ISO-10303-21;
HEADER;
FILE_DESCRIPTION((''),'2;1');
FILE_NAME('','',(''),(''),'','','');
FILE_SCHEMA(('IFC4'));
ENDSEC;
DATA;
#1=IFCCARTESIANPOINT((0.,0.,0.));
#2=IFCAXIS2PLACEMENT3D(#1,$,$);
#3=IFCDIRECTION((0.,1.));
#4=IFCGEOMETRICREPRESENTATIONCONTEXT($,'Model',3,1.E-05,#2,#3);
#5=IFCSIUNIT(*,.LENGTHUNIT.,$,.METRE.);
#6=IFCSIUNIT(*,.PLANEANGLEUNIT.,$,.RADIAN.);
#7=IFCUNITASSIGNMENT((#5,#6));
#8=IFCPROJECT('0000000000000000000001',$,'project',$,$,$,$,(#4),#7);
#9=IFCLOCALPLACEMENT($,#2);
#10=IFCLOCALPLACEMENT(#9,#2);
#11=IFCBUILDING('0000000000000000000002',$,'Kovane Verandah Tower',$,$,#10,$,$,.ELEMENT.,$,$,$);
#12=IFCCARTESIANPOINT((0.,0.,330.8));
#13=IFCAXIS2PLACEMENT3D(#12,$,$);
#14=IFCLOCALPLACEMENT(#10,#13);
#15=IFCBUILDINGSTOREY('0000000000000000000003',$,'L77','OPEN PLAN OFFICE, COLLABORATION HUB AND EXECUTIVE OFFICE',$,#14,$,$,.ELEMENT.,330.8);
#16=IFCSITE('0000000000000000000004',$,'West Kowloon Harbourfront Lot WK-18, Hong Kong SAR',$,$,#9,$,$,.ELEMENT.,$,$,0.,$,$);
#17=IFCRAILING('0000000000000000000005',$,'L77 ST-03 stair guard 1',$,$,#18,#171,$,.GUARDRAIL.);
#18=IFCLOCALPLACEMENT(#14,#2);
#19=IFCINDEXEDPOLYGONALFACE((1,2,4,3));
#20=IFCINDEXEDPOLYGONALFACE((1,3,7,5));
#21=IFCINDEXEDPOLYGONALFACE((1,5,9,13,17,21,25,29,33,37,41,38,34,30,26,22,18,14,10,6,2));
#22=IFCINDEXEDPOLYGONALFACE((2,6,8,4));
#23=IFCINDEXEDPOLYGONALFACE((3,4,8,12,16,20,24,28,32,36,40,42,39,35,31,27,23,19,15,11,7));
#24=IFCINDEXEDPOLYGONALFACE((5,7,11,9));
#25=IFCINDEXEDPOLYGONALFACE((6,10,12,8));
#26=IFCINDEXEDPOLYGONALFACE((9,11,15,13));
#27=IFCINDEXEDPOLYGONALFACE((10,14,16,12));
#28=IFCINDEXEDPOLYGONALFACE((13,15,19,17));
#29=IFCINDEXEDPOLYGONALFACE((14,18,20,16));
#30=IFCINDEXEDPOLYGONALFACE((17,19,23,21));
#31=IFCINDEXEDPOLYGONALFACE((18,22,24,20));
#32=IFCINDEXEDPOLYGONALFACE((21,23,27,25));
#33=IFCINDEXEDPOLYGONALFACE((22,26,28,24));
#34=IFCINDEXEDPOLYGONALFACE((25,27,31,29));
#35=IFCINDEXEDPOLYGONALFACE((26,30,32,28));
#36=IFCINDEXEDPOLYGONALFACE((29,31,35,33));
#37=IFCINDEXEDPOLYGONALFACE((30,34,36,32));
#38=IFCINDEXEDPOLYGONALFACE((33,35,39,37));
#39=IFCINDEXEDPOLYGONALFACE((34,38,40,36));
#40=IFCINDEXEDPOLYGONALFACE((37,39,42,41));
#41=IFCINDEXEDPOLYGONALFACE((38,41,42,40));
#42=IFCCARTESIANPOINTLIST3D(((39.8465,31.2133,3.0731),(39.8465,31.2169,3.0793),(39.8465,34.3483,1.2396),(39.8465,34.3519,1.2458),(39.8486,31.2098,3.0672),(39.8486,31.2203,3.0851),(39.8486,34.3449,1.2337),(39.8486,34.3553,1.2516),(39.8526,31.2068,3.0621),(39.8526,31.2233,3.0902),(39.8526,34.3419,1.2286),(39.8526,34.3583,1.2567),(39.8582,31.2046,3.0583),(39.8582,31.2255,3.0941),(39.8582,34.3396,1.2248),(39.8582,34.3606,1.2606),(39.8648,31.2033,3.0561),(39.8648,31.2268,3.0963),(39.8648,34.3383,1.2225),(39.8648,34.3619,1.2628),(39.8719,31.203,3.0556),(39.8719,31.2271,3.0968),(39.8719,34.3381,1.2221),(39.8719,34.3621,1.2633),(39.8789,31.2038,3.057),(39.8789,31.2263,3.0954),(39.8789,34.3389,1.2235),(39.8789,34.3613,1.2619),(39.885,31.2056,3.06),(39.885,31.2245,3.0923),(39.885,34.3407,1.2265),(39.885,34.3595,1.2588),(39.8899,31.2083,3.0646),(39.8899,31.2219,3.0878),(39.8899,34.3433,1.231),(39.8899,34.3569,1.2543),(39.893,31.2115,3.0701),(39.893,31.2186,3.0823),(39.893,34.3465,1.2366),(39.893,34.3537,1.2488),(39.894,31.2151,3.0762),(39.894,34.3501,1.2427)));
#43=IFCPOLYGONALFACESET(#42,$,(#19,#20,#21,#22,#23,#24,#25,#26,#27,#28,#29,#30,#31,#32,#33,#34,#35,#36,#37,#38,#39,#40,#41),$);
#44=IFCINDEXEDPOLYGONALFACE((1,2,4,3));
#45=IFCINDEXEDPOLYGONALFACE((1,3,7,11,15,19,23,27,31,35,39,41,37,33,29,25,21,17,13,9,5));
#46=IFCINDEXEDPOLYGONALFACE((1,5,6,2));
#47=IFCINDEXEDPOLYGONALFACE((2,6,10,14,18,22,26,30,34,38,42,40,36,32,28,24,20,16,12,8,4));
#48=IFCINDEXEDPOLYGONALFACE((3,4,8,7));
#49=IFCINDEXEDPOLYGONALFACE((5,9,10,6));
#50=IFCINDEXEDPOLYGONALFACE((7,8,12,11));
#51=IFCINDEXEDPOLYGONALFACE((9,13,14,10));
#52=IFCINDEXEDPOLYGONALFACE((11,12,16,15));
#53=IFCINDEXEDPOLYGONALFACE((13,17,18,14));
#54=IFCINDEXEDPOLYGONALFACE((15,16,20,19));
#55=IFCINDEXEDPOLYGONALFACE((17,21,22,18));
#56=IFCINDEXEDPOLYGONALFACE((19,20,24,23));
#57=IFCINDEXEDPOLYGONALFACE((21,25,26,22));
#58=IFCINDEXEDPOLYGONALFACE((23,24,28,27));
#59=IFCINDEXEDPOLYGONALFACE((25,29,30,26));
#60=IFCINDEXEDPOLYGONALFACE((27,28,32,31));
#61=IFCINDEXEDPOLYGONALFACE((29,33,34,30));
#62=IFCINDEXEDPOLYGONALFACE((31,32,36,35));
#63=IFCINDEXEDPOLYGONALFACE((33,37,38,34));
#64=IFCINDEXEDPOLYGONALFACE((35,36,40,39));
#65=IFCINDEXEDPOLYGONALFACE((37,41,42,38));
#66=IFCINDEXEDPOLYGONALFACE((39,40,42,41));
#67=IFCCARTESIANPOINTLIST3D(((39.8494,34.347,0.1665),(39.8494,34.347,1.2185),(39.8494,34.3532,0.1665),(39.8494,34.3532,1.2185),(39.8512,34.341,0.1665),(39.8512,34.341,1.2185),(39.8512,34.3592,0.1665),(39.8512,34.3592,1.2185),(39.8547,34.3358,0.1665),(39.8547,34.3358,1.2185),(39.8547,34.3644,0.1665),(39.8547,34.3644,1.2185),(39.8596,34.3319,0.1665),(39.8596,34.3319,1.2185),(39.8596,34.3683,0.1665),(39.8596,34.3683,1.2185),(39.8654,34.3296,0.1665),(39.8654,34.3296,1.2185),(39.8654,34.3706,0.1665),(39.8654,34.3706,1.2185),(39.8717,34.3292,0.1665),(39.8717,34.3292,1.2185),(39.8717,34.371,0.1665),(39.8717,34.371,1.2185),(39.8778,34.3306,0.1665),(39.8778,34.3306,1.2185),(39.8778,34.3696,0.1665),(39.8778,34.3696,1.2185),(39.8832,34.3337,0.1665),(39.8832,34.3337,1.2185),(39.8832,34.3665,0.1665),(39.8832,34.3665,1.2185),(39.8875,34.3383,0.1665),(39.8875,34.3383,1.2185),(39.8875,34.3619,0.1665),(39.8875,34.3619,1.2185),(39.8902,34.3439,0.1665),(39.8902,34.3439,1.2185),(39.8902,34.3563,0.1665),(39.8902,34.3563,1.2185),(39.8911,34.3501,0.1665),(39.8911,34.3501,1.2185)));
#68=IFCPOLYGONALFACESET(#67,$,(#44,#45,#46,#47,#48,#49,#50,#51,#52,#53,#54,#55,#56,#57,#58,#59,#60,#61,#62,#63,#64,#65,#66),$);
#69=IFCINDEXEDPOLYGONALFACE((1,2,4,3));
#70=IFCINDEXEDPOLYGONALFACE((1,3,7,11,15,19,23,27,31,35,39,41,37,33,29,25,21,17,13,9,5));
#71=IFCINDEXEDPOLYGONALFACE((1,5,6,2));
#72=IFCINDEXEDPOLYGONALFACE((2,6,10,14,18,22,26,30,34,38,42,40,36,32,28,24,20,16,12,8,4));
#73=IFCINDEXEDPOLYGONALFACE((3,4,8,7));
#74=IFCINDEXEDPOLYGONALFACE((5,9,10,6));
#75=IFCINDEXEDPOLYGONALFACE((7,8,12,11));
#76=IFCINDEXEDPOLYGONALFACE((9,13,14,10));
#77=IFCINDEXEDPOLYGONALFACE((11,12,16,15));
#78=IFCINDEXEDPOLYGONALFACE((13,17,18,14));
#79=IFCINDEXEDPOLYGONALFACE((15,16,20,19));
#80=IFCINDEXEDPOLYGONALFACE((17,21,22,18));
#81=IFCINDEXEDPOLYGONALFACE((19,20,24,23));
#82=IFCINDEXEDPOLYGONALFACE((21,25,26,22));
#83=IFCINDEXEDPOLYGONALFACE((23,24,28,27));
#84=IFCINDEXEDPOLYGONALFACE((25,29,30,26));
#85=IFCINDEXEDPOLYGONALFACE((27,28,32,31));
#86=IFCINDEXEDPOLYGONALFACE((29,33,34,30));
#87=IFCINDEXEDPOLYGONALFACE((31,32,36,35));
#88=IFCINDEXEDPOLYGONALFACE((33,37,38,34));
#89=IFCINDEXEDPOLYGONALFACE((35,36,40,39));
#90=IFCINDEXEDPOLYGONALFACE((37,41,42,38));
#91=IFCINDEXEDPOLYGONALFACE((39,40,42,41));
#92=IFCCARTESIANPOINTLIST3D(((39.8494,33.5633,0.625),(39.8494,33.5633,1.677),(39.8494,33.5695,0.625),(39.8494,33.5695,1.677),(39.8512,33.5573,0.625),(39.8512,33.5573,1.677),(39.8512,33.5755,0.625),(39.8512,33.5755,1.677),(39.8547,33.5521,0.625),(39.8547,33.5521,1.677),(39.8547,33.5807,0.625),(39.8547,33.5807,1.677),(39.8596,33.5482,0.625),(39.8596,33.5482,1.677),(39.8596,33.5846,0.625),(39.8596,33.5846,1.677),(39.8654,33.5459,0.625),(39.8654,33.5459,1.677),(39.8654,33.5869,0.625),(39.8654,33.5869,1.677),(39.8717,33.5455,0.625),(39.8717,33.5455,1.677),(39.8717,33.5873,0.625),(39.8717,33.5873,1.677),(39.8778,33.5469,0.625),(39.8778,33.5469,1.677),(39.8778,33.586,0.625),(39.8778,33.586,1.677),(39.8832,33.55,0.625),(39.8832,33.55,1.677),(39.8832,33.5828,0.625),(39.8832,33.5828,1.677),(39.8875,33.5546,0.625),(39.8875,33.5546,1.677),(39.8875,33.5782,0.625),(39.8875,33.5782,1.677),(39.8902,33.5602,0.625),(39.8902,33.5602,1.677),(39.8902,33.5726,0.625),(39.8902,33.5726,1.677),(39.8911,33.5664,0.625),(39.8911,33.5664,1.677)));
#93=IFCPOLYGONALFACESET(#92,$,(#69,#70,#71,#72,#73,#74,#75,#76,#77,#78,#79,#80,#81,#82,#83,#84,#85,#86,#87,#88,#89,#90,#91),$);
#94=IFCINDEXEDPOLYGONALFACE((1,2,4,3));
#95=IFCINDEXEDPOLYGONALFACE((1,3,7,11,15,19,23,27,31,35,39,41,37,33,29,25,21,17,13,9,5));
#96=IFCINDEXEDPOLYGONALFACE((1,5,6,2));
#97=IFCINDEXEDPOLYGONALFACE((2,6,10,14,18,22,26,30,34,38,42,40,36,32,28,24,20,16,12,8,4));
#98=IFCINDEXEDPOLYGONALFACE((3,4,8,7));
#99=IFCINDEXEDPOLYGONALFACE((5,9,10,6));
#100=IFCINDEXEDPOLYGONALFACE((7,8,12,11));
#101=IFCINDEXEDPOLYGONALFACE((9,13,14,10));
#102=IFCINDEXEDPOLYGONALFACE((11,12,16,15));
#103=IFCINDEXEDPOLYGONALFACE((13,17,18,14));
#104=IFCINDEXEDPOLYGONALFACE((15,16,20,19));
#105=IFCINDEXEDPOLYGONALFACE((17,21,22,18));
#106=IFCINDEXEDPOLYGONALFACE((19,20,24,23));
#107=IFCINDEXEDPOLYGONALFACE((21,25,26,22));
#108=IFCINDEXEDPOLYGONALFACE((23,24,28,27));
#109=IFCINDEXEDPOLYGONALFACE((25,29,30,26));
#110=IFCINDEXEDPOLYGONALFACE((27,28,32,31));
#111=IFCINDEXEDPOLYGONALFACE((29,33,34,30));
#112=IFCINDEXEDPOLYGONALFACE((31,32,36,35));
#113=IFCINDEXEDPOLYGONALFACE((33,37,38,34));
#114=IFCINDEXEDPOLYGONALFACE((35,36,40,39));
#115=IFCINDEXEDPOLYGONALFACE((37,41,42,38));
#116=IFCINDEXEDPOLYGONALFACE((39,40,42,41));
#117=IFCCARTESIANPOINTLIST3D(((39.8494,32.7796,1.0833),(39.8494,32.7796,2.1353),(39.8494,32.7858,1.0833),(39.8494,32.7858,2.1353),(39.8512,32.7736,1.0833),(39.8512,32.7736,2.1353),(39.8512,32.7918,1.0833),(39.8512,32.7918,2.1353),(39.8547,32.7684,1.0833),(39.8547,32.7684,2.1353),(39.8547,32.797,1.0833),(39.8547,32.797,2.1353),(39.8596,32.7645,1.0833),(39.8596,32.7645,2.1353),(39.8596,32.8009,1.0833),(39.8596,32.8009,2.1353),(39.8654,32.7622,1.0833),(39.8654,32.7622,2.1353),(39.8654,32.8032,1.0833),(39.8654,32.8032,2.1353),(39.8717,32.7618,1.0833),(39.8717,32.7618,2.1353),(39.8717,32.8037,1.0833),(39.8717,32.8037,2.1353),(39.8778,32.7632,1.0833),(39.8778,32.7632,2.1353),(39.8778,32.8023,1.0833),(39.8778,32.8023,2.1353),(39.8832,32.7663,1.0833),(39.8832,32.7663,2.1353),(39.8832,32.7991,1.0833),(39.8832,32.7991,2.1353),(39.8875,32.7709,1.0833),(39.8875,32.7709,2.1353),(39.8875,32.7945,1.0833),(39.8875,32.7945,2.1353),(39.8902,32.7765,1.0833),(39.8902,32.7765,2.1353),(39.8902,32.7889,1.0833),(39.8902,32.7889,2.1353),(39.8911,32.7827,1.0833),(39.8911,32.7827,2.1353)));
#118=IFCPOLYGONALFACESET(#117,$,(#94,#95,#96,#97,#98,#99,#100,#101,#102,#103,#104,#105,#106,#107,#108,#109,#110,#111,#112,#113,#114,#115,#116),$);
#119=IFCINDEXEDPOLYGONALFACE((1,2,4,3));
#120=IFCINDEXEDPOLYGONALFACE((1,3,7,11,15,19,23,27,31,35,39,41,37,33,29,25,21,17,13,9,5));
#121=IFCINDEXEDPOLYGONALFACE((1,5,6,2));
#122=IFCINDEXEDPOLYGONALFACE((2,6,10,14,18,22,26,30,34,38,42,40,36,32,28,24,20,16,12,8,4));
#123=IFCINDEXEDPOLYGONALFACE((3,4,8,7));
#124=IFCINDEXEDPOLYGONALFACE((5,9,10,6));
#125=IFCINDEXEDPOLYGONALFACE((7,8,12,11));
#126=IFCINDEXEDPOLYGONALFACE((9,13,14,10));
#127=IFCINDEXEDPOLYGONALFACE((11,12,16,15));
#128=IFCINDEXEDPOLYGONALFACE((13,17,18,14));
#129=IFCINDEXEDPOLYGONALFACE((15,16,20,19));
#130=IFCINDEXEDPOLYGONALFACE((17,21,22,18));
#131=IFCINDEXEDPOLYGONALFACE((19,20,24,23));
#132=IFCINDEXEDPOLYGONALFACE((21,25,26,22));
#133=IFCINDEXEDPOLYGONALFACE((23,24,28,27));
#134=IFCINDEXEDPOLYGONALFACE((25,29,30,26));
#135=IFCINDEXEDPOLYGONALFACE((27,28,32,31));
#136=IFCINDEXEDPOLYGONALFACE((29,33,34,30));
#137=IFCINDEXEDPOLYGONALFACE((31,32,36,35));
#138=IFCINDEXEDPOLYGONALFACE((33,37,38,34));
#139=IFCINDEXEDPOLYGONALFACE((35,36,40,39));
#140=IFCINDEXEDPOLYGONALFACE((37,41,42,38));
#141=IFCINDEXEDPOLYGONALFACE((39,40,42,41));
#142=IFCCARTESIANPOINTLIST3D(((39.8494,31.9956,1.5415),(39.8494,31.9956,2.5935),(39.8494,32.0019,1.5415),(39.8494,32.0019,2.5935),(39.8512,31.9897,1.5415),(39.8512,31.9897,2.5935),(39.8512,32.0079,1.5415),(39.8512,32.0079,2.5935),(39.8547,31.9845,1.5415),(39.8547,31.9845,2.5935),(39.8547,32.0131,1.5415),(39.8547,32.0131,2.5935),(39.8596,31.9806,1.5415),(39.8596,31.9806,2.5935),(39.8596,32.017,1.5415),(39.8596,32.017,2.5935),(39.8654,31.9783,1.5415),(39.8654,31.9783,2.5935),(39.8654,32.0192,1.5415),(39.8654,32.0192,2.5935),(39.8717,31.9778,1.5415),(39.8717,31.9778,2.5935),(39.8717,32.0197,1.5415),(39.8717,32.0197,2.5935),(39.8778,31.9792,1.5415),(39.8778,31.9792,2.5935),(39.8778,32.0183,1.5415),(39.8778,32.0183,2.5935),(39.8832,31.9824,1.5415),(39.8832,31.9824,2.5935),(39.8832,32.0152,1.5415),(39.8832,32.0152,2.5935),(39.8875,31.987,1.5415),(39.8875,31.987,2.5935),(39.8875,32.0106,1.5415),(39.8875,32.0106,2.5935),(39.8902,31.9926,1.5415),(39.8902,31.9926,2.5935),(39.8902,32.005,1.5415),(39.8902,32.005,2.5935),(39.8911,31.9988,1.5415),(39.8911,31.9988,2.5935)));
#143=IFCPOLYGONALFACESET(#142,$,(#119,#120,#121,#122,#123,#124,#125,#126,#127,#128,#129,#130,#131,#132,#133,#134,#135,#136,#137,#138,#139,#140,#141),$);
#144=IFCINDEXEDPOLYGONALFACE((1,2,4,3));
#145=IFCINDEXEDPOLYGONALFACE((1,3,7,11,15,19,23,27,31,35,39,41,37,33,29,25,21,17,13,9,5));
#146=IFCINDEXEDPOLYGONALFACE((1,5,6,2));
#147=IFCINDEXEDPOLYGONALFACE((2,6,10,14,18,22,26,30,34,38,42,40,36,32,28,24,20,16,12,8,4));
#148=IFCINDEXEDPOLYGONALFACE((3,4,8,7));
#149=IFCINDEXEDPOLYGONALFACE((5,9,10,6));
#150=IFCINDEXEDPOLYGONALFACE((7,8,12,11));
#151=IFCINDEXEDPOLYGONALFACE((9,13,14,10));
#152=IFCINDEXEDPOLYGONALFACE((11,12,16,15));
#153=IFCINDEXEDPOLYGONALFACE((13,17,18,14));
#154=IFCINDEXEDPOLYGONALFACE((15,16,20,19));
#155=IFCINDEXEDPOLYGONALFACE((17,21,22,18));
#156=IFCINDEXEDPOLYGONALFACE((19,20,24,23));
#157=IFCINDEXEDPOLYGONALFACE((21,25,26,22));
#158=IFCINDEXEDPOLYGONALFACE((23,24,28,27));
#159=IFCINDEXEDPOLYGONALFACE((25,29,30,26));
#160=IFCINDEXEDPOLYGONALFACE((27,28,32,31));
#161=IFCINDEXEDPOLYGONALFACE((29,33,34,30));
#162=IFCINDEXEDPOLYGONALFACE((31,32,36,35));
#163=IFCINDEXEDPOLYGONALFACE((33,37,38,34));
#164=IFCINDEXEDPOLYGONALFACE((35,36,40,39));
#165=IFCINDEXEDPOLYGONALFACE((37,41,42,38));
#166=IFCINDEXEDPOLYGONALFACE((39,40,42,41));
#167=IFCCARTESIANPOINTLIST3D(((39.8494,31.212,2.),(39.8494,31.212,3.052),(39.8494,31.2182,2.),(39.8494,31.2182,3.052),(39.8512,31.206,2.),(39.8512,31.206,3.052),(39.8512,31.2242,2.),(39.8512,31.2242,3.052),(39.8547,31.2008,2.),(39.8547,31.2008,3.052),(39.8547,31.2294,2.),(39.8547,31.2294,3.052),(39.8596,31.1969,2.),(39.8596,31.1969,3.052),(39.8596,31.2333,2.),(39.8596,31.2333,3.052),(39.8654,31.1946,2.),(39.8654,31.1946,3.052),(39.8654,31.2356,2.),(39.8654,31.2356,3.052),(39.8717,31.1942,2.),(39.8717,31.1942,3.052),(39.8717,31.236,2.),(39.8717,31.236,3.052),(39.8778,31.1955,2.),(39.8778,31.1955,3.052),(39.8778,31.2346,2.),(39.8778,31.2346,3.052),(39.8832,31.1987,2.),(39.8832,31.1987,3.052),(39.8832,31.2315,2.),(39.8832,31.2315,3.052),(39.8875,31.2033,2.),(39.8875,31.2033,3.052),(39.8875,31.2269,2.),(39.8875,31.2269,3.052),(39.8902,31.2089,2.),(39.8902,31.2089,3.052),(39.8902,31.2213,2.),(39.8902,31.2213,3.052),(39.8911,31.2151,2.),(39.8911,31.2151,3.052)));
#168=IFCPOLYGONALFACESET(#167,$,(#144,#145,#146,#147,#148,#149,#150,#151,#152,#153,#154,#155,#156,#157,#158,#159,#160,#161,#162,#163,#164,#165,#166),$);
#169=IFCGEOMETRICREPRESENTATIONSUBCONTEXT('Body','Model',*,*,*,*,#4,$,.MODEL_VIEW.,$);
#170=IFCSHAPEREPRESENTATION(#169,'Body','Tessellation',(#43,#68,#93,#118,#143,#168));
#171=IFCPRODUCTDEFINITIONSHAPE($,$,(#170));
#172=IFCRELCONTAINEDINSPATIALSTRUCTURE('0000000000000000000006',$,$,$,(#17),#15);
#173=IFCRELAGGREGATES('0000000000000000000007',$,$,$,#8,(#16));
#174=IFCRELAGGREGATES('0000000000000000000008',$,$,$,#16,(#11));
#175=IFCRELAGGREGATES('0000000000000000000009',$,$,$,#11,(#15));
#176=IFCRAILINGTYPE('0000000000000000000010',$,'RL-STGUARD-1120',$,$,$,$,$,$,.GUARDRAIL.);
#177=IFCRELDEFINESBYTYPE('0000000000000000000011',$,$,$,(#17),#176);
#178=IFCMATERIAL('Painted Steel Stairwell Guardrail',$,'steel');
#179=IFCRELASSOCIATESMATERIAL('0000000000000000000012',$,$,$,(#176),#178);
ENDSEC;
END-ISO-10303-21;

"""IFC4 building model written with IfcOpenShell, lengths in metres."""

from ifc_helpers import new_model, si_unit, direction, frame, origin, origin_2d, place, context, subcontext, project, spatial, circle, extrude, material, type_object, element, save


model = new_model("IFC4")

# Units and contexts
model_context = context("Model", 3, precision=1e-05, world=origin(), true_north=direction((0.0, 1.0)))
body_context = subcontext(model_context, "Body", "Model", "MODEL_VIEW")
ifc_project = project(units=[si_unit("LENGTHUNIT", "METRE"), si_unit("PLANEANGLEUNIT", "RADIAN")], contexts=[model_context])

# Site, building, storey
site_placement = place(None, origin())
site = spatial("IfcSite", under=ifc_project, at=site_placement, Name="West Kowloon Harbourfront Lot WK-18, Hong Kong SAR", CompositionType="ELEMENT", RefElevation=0.0)
building_placement = place(site_placement, origin())
building = spatial("IfcBuilding", under=site, at=building_placement, Name="Kovane Verandah Tower", CompositionType="ELEMENT")
storey_placement = place(building_placement, frame((0.0, 0.0, 330.8)))
storey = spatial("IfcBuildingStorey", under=building, at=storey_placement, Name="L77", Description="OPEN PLAN OFFICE, COLLABORATION HUB AND EXECUTIVE OFFICE", CompositionType="ELEMENT", Elevation=330.8)

# Railing
ifc_material_1 = material(Name="Painted Steel Stairwell Guardrail", Category="steel")
railing_type_1 = type_object("IfcRailingType", Name="RL-STGUARD-1120", PredefinedType="GUARDRAIL", material=ifc_material_1)
for number, where, name in (
    (1, (39.8701, 34.3501, 0.1665), "L77 ST-03 stair guard 1"),
):
    element("IfcRailing", number, at=place(storey_placement, frame(where)), inside=storey, type_object=railing_type_1, Name=name, PredefinedType="GUARDRAIL", context=body_context, shape_type="SweptSolid", body=[
        extrude(circle(Radius=0.0239, at=origin_2d()), frame((0.0, 0.0, 1.0762), z_axis=(0.0, -0.86321, 0.504845), x_axis=(1.0, 0.0, 0.0)), (0.0, 0.0, 1.0), 3.6318),
        extrude(circle(Radius=0.021, at=origin_2d()), origin(), (0.0, 0.0, 1.0), 1.052),
        extrude(circle(Radius=0.021, at=origin_2d()), frame((0.0, -0.7837, 0.4585)), (0.0, 0.0, 1.0), 1.052),
        extrude(circle(Radius=0.021, at=origin_2d()), frame((0.0, -1.5674, 0.9167)), (0.0, 0.0, 1.0), 1.052),
        extrude(circle(Radius=0.021, at=origin_2d()), frame((0.0, -2.3513, 1.375)), (0.0, 0.0, 1.0), 1.052),
        extrude(circle(Radius=0.021, at=origin_2d()), frame((0.0, -3.135, 1.8335)), (0.0, 0.0, 1.0), 1.052),
    ])

save(model, "model.ifc")
